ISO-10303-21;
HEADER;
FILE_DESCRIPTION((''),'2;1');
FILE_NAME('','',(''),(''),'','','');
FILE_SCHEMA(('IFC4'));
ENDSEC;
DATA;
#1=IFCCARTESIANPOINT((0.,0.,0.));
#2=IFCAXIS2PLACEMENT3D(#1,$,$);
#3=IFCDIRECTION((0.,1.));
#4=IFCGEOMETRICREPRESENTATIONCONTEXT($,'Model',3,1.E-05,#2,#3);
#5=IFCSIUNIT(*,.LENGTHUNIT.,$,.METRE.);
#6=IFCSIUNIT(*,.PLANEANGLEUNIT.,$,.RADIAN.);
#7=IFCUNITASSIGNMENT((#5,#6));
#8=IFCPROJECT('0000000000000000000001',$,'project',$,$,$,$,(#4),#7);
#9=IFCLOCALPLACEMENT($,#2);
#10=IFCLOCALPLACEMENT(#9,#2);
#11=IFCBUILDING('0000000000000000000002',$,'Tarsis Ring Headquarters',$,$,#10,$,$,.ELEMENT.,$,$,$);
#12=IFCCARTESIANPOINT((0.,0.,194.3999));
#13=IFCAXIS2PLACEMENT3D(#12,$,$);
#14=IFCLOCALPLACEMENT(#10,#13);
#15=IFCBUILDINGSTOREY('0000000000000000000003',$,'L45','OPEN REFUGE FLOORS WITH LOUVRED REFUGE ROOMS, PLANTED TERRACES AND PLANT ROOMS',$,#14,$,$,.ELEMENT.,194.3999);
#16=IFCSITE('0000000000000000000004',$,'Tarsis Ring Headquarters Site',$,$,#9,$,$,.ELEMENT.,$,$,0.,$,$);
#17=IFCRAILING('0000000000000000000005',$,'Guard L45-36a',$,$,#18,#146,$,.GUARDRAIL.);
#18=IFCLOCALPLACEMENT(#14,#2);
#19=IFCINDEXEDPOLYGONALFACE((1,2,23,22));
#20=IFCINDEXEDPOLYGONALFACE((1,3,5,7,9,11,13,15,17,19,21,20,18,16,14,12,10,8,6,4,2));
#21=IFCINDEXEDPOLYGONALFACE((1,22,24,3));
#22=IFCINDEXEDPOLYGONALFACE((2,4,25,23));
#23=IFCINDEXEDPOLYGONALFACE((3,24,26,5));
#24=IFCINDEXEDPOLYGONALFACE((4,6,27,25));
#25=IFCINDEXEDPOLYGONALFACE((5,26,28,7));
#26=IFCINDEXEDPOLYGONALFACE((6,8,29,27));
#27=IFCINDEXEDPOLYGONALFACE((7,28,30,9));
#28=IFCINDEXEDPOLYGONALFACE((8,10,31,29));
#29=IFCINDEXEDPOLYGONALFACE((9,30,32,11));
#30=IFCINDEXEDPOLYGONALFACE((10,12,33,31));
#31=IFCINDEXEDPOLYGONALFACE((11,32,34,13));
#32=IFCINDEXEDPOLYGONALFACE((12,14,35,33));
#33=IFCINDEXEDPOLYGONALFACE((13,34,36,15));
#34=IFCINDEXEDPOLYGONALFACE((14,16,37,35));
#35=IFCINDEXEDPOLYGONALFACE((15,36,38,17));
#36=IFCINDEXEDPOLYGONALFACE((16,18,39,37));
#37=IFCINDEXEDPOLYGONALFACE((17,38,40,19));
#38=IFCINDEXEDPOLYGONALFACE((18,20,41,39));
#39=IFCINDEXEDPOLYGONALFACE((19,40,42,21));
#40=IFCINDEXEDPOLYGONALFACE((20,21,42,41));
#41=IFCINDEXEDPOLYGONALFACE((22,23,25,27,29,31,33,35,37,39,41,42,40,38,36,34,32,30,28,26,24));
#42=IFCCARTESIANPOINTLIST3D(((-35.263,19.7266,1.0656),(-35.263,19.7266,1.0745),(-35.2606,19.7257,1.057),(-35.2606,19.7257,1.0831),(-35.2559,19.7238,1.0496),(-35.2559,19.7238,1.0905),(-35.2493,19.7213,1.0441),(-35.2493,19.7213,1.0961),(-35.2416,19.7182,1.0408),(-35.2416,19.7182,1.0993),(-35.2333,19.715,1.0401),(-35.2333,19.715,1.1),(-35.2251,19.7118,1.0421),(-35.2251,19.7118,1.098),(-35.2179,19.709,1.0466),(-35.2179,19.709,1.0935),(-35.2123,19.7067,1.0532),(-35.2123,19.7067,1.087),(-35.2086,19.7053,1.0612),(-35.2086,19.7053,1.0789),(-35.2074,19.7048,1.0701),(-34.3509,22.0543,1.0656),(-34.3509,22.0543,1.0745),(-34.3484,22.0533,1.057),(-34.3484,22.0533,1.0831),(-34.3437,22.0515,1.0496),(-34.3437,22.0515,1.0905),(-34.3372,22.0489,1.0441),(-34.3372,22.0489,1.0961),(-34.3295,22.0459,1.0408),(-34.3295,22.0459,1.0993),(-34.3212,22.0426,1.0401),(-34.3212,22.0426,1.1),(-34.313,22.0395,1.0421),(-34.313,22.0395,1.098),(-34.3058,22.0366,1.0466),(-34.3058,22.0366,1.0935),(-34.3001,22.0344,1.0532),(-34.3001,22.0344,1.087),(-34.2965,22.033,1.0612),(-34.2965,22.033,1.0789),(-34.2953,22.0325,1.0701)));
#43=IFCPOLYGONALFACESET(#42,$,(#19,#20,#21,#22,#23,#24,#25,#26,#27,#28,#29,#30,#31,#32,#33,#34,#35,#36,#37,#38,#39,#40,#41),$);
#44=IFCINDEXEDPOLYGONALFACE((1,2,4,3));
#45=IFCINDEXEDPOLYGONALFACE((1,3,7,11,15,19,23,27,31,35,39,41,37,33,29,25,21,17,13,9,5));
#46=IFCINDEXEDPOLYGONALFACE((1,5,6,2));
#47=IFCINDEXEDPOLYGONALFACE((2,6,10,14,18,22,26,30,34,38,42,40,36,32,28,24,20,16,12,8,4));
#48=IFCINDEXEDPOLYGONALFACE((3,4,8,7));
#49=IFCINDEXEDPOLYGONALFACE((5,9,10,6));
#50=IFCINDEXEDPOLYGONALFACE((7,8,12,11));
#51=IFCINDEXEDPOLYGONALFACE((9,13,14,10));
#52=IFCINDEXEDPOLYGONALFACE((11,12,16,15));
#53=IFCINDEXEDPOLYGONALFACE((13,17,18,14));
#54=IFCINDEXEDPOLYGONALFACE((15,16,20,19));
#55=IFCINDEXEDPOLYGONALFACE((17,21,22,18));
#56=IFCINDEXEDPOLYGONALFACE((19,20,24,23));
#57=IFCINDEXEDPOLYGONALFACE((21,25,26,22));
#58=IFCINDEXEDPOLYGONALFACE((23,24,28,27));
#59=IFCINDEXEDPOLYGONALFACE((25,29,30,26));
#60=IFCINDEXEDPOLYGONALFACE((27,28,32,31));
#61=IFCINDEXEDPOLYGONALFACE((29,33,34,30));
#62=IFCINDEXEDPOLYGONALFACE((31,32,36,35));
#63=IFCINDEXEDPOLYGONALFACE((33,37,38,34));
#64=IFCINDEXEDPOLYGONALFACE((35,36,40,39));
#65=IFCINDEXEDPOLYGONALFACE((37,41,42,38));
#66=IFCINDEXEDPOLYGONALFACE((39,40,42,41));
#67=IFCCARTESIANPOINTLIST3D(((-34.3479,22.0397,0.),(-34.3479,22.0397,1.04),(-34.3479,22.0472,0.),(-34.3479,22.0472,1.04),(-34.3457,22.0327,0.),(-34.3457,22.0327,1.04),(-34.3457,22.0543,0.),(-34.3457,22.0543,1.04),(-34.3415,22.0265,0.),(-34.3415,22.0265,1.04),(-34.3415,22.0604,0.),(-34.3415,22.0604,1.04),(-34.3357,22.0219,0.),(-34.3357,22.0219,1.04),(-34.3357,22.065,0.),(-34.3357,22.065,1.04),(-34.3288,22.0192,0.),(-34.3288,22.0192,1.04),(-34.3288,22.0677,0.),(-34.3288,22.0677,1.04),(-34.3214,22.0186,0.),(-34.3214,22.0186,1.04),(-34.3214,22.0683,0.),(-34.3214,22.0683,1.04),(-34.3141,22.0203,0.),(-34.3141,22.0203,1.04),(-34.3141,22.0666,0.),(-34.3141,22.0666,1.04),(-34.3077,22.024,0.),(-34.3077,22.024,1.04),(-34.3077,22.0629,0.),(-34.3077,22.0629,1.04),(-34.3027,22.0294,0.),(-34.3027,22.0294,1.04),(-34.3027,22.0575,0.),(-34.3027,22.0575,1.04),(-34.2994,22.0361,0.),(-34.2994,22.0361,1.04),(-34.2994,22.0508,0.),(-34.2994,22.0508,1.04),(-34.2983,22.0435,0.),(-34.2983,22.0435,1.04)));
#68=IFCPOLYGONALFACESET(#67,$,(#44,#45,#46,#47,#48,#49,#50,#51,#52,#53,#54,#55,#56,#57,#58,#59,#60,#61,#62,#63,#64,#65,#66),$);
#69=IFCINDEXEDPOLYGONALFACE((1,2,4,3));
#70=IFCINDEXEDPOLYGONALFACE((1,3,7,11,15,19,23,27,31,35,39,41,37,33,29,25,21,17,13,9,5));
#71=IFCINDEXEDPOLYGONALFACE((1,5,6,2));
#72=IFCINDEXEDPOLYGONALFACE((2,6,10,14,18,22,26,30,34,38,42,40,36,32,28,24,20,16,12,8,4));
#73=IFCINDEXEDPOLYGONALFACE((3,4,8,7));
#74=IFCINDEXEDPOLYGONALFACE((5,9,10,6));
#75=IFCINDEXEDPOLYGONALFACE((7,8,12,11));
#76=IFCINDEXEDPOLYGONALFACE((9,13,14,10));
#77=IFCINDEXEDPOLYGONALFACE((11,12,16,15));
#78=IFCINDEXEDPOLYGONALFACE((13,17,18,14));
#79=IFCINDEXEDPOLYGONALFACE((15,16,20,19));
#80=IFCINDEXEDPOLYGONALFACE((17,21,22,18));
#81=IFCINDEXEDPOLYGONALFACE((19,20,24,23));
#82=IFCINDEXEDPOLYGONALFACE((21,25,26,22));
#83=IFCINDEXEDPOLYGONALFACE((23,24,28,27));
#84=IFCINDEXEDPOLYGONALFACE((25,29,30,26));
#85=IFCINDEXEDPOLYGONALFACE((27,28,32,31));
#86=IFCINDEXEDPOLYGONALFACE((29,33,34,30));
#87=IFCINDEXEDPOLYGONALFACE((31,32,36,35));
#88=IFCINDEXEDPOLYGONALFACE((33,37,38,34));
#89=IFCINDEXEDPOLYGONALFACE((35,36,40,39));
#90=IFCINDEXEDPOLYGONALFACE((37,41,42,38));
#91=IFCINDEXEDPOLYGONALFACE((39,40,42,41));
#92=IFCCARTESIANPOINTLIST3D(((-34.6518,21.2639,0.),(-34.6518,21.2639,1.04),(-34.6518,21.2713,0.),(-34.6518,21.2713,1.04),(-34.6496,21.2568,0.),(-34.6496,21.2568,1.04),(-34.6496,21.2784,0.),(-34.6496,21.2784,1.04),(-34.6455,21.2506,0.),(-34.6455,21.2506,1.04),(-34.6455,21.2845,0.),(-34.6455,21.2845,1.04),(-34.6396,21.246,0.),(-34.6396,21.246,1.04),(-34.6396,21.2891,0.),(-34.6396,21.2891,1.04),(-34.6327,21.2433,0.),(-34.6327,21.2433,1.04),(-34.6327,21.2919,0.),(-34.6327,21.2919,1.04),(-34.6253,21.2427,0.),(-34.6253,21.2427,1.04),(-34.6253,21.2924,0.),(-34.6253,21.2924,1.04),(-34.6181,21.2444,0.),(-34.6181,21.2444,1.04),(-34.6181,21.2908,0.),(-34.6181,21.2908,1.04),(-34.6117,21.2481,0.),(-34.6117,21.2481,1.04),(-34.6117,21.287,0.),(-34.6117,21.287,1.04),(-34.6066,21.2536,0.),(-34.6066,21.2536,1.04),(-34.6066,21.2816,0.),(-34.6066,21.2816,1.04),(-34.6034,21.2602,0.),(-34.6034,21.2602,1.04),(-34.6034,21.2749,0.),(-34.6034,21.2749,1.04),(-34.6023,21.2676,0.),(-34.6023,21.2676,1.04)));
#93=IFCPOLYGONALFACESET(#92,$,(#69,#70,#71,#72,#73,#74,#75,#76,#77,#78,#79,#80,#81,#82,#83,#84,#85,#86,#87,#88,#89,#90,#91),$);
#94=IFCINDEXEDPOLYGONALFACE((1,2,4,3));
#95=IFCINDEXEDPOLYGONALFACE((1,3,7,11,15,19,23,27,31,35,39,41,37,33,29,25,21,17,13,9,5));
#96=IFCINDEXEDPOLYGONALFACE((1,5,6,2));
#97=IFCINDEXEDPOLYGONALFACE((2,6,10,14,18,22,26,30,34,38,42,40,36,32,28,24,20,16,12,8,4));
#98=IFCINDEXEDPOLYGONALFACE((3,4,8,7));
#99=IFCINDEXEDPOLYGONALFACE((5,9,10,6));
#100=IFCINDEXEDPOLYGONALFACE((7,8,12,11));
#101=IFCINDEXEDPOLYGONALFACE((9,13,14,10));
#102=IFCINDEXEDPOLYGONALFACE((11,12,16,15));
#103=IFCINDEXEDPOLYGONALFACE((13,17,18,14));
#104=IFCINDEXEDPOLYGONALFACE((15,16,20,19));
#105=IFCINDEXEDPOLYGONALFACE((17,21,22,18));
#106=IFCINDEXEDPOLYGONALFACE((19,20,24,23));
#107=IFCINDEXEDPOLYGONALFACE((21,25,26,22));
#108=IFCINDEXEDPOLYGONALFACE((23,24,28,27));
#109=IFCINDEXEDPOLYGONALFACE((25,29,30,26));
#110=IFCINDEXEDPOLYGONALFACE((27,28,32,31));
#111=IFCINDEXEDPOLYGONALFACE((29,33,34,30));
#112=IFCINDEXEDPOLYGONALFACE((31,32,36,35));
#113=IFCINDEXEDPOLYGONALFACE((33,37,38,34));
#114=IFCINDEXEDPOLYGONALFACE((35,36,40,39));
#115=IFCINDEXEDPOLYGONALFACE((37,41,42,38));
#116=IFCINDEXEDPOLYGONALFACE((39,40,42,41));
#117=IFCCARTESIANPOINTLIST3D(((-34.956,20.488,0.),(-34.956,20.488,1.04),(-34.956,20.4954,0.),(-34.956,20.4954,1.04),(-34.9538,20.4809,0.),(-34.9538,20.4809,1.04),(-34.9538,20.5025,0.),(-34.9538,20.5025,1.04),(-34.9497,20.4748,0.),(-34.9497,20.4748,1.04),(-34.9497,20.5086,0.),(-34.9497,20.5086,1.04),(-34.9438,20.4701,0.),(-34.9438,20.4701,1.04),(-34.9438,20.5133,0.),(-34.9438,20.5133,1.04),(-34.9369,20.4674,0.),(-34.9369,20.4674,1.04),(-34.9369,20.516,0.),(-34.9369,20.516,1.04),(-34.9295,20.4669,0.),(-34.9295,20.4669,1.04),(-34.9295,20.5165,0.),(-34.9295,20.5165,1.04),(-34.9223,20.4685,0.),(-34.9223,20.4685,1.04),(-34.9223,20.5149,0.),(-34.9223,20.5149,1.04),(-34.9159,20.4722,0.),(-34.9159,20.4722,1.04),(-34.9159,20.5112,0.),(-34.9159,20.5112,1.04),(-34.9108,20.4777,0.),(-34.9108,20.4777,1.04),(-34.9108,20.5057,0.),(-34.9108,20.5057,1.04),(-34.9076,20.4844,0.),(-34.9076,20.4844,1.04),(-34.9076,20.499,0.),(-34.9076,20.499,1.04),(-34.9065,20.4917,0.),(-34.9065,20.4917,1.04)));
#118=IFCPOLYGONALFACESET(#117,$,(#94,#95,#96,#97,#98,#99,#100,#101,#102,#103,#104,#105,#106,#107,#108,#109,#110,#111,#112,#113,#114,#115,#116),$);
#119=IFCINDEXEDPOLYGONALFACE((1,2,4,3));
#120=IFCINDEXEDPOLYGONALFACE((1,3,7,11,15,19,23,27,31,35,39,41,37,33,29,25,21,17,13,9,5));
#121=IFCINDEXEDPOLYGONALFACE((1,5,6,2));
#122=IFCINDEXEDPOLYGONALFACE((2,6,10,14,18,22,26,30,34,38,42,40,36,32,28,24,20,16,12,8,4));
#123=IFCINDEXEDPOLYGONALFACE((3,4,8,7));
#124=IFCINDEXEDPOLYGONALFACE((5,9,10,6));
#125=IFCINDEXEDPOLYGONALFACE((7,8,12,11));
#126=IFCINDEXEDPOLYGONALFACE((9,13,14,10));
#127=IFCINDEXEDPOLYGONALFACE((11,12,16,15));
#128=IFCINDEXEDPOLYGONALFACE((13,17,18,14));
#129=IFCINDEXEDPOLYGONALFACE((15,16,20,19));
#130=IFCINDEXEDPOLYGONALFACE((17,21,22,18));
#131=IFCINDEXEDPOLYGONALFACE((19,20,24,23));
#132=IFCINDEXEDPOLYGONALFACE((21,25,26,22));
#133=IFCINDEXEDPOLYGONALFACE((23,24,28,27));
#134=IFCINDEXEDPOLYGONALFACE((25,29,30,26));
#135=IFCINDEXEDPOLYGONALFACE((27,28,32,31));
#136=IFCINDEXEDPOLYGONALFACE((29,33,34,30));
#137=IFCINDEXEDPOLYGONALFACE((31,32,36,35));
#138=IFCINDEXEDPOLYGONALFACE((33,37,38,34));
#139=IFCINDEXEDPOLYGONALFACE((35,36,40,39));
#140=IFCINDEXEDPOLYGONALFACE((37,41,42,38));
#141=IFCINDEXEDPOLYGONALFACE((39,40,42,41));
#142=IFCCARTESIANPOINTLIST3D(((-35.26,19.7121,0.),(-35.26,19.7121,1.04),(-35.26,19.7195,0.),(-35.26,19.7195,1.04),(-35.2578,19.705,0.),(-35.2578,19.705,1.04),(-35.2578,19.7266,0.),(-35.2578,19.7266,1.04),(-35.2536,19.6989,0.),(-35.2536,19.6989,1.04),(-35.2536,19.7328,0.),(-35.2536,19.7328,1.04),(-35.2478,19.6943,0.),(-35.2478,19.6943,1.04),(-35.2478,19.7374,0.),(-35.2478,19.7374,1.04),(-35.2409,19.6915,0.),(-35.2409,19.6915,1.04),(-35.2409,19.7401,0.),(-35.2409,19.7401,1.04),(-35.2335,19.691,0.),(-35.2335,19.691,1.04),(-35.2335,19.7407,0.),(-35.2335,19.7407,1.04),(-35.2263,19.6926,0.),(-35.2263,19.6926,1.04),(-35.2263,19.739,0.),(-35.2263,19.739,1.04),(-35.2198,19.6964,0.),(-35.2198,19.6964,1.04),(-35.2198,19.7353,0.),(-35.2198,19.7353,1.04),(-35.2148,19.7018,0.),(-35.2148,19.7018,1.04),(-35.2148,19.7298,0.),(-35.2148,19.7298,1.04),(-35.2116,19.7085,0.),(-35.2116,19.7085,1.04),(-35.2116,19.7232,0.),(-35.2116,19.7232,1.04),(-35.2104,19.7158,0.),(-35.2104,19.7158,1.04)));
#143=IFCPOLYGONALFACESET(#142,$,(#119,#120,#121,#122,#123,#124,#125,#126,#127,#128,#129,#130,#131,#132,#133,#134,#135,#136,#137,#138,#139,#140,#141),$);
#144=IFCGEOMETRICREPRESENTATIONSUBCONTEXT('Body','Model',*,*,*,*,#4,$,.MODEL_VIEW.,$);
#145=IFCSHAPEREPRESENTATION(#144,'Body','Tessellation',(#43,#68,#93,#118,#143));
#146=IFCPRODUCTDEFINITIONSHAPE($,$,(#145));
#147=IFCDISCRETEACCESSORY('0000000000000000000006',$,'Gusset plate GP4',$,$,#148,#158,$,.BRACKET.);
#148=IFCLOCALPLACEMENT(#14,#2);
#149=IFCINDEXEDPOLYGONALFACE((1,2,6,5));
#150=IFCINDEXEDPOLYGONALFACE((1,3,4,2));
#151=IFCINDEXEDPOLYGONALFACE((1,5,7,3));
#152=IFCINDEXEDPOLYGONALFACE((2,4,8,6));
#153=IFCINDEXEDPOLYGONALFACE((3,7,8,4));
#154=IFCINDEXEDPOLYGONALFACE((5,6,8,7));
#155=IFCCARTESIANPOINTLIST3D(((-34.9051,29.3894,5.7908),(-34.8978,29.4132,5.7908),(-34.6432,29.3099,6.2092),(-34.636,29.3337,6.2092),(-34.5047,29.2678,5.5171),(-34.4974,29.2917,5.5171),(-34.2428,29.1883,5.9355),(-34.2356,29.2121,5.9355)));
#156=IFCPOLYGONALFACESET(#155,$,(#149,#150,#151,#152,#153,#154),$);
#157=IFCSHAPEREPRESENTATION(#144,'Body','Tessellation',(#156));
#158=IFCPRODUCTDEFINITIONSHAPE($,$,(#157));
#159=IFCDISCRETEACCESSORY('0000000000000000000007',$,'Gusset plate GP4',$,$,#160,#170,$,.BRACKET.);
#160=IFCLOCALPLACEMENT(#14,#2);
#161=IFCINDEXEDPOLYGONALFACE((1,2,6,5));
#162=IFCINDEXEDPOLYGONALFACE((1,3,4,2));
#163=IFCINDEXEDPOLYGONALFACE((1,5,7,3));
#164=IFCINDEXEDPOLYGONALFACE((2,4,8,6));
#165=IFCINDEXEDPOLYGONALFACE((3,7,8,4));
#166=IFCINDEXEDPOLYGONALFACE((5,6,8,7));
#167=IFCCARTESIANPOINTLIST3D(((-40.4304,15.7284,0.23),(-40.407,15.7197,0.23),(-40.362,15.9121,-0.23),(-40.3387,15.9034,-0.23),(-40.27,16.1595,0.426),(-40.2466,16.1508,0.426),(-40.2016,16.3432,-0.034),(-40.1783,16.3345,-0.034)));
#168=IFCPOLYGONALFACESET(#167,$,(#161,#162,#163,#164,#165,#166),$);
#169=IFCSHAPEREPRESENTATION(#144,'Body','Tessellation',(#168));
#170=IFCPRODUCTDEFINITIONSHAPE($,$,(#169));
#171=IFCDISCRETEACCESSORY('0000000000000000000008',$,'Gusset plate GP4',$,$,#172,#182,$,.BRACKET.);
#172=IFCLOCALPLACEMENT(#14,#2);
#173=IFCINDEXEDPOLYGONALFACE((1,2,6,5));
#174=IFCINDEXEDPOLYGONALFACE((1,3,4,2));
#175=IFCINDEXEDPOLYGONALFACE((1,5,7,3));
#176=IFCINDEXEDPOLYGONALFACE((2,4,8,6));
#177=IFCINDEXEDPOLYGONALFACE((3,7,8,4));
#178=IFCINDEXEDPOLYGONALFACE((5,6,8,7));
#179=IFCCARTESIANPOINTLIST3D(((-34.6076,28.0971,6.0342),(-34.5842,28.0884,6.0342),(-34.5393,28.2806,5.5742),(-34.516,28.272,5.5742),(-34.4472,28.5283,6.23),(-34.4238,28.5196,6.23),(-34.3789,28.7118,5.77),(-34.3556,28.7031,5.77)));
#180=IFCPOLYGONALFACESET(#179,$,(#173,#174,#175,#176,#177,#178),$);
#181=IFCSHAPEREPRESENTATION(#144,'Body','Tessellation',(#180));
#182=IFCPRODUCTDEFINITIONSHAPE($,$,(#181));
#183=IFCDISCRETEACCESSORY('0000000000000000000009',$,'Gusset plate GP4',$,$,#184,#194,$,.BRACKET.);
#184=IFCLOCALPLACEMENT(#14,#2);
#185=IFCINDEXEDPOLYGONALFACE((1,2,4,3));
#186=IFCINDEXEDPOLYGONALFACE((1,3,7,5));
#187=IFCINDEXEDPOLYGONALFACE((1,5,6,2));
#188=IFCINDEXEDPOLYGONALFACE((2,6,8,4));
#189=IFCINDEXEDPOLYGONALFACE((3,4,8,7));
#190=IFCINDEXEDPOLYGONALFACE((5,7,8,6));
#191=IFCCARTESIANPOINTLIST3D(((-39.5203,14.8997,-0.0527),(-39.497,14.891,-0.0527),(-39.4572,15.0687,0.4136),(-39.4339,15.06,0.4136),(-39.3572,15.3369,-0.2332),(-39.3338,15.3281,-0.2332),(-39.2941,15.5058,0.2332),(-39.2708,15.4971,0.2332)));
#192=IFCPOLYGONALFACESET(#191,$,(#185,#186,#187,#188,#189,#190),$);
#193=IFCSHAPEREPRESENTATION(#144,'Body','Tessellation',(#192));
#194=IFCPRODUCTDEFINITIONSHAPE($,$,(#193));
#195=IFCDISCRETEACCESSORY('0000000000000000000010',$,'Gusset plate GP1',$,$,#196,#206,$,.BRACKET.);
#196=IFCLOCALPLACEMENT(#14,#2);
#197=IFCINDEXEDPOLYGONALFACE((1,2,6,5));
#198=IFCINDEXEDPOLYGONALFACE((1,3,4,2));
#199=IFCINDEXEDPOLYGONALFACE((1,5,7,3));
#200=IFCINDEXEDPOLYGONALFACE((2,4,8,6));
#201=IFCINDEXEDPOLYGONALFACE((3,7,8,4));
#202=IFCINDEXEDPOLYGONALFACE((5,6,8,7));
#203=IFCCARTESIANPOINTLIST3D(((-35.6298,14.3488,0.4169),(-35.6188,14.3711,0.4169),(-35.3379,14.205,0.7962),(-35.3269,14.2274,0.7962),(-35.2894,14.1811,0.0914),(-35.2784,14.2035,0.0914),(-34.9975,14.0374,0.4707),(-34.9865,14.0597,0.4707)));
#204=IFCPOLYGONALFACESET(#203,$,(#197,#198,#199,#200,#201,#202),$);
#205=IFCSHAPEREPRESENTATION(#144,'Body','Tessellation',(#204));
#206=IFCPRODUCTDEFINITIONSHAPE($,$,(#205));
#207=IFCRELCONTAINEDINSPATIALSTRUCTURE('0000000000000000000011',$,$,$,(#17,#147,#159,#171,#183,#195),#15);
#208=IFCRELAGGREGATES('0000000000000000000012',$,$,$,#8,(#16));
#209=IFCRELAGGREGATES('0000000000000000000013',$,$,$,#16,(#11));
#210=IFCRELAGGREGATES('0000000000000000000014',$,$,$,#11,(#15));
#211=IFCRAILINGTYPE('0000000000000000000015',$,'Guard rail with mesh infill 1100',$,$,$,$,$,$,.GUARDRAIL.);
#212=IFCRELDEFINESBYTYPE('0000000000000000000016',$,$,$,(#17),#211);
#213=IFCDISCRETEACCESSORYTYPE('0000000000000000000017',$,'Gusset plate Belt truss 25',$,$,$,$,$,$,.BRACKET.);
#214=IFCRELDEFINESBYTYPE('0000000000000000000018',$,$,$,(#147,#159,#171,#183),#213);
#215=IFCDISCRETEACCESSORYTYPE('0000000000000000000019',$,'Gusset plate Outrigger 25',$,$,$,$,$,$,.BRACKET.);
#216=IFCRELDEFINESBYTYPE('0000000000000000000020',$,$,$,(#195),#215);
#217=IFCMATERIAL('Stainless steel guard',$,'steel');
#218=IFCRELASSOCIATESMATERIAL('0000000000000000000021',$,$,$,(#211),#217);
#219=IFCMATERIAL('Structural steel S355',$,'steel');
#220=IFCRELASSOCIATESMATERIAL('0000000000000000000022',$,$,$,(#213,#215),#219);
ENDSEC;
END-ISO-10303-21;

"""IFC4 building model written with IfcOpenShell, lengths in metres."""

from ifc_helpers import new_model, si_unit, direction, frame, origin, origin_2d, place, context, subcontext, project, spatial, rectangle, circle, extrude, material, material_profile, profile_set, type_object, element, save


model = new_model("IFC4")

# Units and contexts
model_context = context("Model", 3, precision=1e-05, world=origin(), true_north=direction((0.0, 1.0)))
body_context = subcontext(model_context, "Body", "Model", "MODEL_VIEW")
ifc_project = project(units=[si_unit("LENGTHUNIT", "METRE"), si_unit("PLANEANGLEUNIT", "RADIAN")], contexts=[model_context])

# Site, building, storey
site_placement = place(None, origin())
site = spatial("IfcSite", under=ifc_project, at=site_placement, Name="Tarsis Ring Headquarters Site", CompositionType="ELEMENT", RefElevation=0.0)
building_placement = place(site_placement, origin())
building = spatial("IfcBuilding", under=site, at=building_placement, Name="Tarsis Ring Headquarters", CompositionType="ELEMENT")
storey_placement = place(building_placement, frame((0.0, 0.0, 194.3999)))
storey = spatial("IfcBuildingStorey", under=building, at=storey_placement, Name="L45", Description="OPEN REFUGE FLOORS WITH LOUVRED REFUGE ROOMS, PLANTED TERRACES AND PLANT ROOMS", CompositionType="ELEMENT", Elevation=194.3999)

# Shared definitions
ifc_material_1 = material(Name="Structural steel S355", Category="steel")

# Railing
ifc_material_2 = material(Name="Stainless steel guard", Category="steel")
railing_type_1 = type_object("IfcRailingType", Name="Guard rail with mesh infill 1100", PredefinedType="GUARDRAIL", material=ifc_material_2)
railing_1_placement = place(storey_placement, frame((-34.3232, 22.0435, 0.0)))
element("IfcRailing", 1, at=railing_1_placement, inside=storey, type_object=railing_type_1, Name="Guard L45-36a", PredefinedType="GUARDRAIL", context=body_context, shape_type="SweptSolid", body=[
    extrude(circle(Radius=0.03, at=origin_2d()), frame((0.0, 0.0, 1.0701), z_axis=(-0.364849, -0.931067, 0.0), x_axis=(0.931067, -0.364849, 0.0)), (0.0, 0.0, 1.0), 2.5),
    extrude(circle(Radius=0.0249, at=origin_2d()), origin(), (0.0, 0.0, 1.0), 1.04),
    extrude(circle(Radius=0.0249, at=origin_2d()), frame((-0.304, -0.7759, 0.0)), (0.0, 0.0, 1.0), 1.04),
    extrude(circle(Radius=0.0249, at=origin_2d()), frame((-0.6082, -1.5518, 0.0)), (0.0, 0.0, 1.0), 1.04),
    extrude(circle(Radius=0.0249, at=origin_2d()), frame((-0.9121, -2.3276, 0.0)), (0.0, 0.0, 1.0), 1.04),
])

# Discrete accessories
ifc_material_profile_1 = material_profile(ifc_material_1, rectangle(XDim=0.0249, YDim=0.5, at=origin_2d()), Name="PL 25x500")
ifc_profile_set_1 = profile_set([ifc_material_profile_1], Name="Structural steel S355")
discrete_accessory_type_1 = type_object("IfcDiscreteAccessoryType", Name="Gusset plate Belt truss 25", PredefinedType="BRACKET", material=ifc_profile_set_1)
for number, where, z_axis, x_axis, name in (
    (2, (-34.7705, 29.3616, 6.0), (0.800787, -0.243166, -0.547367), (0.290558, 0.956857, 0.0), "Gusset plate GP4"),
    (3, (-40.3845, 15.8159, 0.0), (0.320766, 0.862211, 0.392047), (-0.937242, 0.34868, 0.0), "Gusset plate GP4"),
    (4, (-34.4014, 28.6157, 6.0), (-0.320827, -0.862376, -0.391634), (0.937242, -0.34868, 0.0), "Gusset plate GP4"),
):
    element("IfcDiscreteAccessory", number, at=place(storey_placement, frame(where, z_axis=z_axis, x_axis=x_axis)), inside=storey, type_object=discrete_accessory_type_1, Name=name, PredefinedType="BRACKET", context=body_context, shape_type="SweptSolid", body=[
        extrude(rectangle(XDim=0.0249, YDim=0.5, at=origin_2d()), origin(), (0.0, 0.0, 1.0), 0.5),
    ])
discrete_accessory_1_placement = place(storey_placement, frame((-39.314, 15.417, 0.0), z_axis=(-0.326089, -0.8738, 0.360748), x_axis=(0.936887, -0.349632, 0.0)))
element("IfcDiscreteAccessory", 5, at=discrete_accessory_1_placement, inside=storey, type_object=discrete_accessory_type_1, Name="Gusset plate GP4", PredefinedType="BRACKET", context=body_context, shape_type="SweptSolid", body=[
    extrude(rectangle(XDim=0.0249, YDim=0.5, at=origin_2d()), origin(), (0.0, 0.0, 1.0), 0.5002),
])
discrete_accessory_type_2 = type_object("IfcDiscreteAccessoryType", Name="Gusset plate Outrigger 25", PredefinedType="BRACKET", material=ifc_profile_set_1)
discrete_accessory_2_placement = place(storey_placement, frame((-35.4541, 14.2761, 0.2542), z_axis=(0.584127, -0.287668, 0.758975), x_axis=(0.441805, 0.897111, 0.0)))
element("IfcDiscreteAccessory", 6, at=discrete_accessory_2_placement, inside=storey, type_object=discrete_accessory_type_2, Name="Gusset plate GP1", PredefinedType="BRACKET", context=body_context, shape_type="SweptSolid", body=[
    extrude(rectangle(XDim=0.0249, YDim=0.5, at=origin_2d()), origin(), (0.0, 0.0, 1.0), 0.4998),
])

save(model, "model.ifc")
